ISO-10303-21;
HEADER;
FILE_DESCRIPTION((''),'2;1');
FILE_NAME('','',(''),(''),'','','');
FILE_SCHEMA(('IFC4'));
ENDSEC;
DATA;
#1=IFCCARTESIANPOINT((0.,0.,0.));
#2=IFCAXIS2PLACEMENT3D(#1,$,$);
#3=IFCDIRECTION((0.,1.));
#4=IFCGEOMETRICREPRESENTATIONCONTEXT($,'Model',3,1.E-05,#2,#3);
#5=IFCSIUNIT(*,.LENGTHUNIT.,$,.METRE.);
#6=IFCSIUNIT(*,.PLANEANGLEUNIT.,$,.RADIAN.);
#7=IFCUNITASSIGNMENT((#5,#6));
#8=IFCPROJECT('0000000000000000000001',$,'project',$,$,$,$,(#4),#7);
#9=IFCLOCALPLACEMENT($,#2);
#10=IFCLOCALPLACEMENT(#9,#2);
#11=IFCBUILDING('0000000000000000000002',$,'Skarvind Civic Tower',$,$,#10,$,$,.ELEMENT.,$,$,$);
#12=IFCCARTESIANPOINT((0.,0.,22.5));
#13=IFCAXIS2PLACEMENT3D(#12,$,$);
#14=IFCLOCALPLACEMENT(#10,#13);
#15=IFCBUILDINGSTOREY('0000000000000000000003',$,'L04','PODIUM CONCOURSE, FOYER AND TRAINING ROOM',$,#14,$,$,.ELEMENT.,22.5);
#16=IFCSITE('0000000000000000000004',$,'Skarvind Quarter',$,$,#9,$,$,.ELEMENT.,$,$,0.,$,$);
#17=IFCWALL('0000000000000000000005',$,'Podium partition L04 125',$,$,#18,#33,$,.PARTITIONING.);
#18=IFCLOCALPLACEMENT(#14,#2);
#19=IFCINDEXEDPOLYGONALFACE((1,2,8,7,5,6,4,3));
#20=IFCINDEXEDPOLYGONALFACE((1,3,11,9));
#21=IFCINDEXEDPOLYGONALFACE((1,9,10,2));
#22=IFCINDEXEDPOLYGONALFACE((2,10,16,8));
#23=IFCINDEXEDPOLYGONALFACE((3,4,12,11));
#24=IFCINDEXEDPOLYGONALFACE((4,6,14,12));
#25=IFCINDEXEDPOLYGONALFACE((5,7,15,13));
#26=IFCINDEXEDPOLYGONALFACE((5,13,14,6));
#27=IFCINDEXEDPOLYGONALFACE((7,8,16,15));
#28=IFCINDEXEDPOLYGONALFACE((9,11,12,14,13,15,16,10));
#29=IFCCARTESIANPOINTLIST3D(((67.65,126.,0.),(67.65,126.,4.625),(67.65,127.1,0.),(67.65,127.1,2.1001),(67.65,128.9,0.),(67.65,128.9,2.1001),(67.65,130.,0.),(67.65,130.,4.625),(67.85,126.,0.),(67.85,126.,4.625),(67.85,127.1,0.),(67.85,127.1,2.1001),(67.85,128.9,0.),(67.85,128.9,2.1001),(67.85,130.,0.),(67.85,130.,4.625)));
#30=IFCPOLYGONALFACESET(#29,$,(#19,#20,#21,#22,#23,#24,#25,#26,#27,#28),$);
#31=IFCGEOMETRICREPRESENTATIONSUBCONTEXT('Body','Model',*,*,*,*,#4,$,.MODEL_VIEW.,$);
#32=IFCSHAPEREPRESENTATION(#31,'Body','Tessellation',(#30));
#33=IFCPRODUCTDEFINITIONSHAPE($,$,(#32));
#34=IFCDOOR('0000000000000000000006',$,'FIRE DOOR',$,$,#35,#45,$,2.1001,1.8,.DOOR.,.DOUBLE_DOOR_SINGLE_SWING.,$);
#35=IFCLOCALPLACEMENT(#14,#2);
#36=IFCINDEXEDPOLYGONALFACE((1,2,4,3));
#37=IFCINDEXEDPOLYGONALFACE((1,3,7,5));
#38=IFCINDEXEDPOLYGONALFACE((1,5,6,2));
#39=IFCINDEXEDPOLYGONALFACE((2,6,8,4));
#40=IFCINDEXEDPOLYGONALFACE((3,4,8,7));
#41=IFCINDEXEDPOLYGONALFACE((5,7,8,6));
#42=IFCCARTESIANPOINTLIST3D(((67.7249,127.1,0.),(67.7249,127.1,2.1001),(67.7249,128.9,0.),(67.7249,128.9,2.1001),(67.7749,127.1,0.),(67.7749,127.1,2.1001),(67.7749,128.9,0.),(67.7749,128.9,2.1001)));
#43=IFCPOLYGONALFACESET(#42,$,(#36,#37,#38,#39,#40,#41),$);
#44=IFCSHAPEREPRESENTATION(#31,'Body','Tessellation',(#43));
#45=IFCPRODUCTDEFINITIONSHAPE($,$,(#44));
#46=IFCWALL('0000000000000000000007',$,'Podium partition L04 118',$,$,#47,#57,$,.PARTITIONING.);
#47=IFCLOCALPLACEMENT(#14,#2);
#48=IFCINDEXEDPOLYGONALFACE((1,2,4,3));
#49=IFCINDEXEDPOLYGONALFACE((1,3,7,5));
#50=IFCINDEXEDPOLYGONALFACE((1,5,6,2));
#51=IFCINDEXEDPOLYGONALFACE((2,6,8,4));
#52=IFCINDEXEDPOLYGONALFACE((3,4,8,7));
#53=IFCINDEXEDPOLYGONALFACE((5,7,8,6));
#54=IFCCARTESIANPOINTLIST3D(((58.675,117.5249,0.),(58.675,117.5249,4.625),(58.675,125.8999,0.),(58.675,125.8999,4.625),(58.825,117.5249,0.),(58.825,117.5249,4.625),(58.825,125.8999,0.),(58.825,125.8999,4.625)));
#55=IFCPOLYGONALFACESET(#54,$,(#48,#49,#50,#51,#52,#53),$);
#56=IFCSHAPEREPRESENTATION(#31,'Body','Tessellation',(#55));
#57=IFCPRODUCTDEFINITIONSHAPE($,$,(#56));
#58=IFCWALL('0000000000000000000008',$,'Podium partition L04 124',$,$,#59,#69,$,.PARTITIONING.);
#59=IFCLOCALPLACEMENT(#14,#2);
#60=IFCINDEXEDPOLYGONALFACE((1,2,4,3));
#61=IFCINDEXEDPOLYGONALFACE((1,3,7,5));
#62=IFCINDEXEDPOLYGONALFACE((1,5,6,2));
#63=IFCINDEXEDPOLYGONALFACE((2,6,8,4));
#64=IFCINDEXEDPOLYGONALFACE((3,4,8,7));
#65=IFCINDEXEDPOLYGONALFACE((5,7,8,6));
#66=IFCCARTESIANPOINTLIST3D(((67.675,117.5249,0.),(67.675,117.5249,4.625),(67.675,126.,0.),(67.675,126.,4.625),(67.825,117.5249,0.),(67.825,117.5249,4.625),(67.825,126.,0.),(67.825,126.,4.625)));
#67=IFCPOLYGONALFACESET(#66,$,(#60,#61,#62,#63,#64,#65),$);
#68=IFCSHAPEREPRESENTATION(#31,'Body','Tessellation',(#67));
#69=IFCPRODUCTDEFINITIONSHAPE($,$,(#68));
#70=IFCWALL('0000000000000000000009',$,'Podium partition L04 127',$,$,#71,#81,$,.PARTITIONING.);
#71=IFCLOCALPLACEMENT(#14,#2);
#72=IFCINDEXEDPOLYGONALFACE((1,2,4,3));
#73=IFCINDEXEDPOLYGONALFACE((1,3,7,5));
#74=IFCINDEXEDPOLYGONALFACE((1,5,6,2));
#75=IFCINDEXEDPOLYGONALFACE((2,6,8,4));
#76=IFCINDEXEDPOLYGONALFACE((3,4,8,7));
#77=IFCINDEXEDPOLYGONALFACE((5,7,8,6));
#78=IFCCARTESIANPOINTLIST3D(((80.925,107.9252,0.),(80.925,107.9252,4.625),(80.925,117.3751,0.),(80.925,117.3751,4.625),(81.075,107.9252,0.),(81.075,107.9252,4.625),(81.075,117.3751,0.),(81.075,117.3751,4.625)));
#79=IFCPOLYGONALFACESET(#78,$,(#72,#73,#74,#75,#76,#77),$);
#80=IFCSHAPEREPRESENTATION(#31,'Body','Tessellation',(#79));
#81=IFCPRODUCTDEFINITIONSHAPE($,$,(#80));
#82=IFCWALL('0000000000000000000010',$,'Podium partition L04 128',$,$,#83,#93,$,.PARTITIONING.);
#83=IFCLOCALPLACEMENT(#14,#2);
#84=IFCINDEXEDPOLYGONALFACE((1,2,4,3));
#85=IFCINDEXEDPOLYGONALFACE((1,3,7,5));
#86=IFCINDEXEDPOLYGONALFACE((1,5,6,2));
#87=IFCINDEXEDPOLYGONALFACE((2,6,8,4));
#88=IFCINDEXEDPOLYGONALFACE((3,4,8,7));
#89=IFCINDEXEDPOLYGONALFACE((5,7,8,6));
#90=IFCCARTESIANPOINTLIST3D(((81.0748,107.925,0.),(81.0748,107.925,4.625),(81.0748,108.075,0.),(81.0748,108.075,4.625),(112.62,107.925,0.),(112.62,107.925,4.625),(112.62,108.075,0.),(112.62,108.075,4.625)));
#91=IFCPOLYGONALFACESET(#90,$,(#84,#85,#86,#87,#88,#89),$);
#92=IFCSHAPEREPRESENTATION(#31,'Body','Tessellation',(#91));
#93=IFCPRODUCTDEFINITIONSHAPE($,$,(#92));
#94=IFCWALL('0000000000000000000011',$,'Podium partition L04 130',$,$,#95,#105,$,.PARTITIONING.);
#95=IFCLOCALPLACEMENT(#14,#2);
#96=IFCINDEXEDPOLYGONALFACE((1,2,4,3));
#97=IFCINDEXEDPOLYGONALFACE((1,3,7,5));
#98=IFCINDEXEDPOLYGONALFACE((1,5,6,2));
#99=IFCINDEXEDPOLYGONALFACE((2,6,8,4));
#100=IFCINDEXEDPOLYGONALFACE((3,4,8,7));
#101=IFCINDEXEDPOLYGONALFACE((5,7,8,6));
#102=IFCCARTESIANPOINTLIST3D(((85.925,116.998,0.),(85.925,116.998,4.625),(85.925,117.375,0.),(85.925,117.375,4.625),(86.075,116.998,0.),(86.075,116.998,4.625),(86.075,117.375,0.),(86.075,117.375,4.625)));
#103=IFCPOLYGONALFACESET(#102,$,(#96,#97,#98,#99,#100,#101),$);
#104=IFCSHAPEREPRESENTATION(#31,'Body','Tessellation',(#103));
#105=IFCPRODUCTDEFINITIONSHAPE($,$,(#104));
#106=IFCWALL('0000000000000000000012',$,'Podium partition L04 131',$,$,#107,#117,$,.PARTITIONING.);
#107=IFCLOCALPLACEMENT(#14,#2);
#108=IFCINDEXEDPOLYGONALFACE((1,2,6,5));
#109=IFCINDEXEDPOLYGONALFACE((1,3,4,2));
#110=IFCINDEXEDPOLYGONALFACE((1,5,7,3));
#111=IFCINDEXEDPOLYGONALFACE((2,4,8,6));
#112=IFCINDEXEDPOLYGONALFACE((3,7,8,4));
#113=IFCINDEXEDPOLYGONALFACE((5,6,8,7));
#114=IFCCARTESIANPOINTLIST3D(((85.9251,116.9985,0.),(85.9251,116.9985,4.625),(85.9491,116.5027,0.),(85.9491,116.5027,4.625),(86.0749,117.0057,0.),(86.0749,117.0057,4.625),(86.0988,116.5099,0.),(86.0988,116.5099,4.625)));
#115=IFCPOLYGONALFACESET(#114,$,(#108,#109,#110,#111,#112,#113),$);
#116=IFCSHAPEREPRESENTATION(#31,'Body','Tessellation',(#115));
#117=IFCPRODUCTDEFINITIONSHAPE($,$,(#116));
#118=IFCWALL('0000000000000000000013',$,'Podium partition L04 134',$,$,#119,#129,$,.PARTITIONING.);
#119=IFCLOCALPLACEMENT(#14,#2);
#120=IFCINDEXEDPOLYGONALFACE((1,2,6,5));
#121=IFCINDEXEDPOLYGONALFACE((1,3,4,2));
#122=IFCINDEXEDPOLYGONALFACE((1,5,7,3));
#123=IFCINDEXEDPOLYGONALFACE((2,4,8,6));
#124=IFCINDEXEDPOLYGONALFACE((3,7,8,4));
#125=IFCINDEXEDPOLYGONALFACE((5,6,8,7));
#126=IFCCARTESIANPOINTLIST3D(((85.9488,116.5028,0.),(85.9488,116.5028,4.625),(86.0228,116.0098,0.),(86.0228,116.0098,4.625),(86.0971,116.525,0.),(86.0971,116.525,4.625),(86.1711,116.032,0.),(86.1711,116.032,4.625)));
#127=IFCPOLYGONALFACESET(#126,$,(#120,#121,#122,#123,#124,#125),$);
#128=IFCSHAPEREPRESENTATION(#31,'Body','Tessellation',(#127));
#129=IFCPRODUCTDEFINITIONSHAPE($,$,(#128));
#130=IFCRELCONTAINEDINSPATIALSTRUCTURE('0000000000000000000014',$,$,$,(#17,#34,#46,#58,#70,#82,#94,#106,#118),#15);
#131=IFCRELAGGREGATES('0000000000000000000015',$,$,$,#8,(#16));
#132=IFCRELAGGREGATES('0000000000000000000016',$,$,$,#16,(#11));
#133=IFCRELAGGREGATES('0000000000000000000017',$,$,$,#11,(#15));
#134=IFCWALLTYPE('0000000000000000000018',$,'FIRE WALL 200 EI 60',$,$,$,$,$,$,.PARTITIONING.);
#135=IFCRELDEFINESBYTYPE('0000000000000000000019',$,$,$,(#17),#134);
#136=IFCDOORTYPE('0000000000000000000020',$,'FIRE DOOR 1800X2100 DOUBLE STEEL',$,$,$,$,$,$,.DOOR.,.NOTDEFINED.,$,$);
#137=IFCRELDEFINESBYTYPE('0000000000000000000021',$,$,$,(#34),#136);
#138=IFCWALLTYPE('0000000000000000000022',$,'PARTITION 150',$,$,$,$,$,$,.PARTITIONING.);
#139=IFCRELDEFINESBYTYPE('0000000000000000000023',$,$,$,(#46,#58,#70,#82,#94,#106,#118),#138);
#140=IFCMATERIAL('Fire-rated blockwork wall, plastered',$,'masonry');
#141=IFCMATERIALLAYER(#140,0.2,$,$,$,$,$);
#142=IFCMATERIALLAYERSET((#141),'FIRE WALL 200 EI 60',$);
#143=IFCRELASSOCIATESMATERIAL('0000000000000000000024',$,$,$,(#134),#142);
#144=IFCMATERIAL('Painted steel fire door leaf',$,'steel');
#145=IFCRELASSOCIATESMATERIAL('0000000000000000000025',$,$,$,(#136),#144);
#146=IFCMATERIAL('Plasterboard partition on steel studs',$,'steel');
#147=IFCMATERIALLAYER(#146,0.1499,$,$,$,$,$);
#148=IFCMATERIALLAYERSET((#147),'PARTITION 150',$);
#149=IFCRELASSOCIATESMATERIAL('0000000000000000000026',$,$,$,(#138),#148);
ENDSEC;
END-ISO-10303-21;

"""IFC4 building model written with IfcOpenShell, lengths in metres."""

from ifc_helpers import new_model, si_unit, direction, frame, frame_2d, origin, place, context, subcontext, project, spatial, rectangle, extrude, material, layer, layer_set, type_object, element, fill, save


model = new_model("IFC4")

# Units and contexts
model_context = context("Model", 3, precision=1e-05, world=origin(), true_north=direction((0.0, 1.0)))
body_context = subcontext(model_context, "Body", "Model", "MODEL_VIEW")
ifc_project = project(units=[si_unit("LENGTHUNIT", "METRE"), si_unit("PLANEANGLEUNIT", "RADIAN")], contexts=[model_context])

# Site, building, storey
site_placement = place(None, origin())
site = spatial("IfcSite", under=ifc_project, at=site_placement, Name="Skarvind Quarter", CompositionType="ELEMENT", RefElevation=0.0)
building_placement = place(site_placement, origin())
building = spatial("IfcBuilding", under=site, at=building_placement, Name="Skarvind Civic Tower", CompositionType="ELEMENT")
storey_placement = place(building_placement, frame((0.0, 0.0, 22.5)))
storey = spatial("IfcBuildingStorey", under=building, at=storey_placement, Name="L04", Description="PODIUM CONCOURSE, FOYER AND TRAINING ROOM", CompositionType="ELEMENT", Elevation=22.5)

# Shared definitions
ifc_material_1 = material(Name="Fire-rated blockwork wall, plastered", Category="masonry")
ifc_layer_1 = layer(ifc_material_1, 0.2)
ifc_layer_set_1 = layer_set([ifc_layer_1], Name="FIRE WALL 200 EI 60")
wall_type_1 = type_object("IfcWallType", Name="FIRE WALL 200 EI 60", PredefinedType="PARTITIONING", material=ifc_layer_set_1)
ifc_material_2 = material(Name="Painted steel fire door leaf", Category="steel")

# Wall, opening, door
wall_1_placement = place(storey_placement, frame((67.75, 130.0, 0.0), z_axis=(0.0, 0.0, 1.0), x_axis=(0.0, -1.0, 0.0)))
wall_1 = element("IfcWall", 1, at=wall_1_placement, inside=storey, type_object=wall_type_1, Name="Podium partition L04 125", PredefinedType="PARTITIONING", context=body_context, shape_type="SweptSolid", body=[
    extrude(rectangle(XDim=4.0, YDim=0.2, at=frame_2d((2.0, 0.0))), origin(), (0.0, 0.0, 1.0), 4.625),
])
opening_1_placement = place(wall_1_placement, frame((1.1001, 0.0, 0.0)))
opening_1 = element("IfcOpeningElement", 2, at=opening_1_placement, cuts=wall_1, PredefinedType="OPENING", context=body_context, shape_type="SweptSolid", body=[
    extrude(rectangle(XDim=1.8, YDim=2.1001, at=frame_2d((0.8999, 1.05))), frame((0.0, 0.1099, 0.0), z_axis=(0.0, -1.0, 0.0), x_axis=(1.0, 0.0, 0.0)), (0.0, 0.0, 1.0), 0.22),
])
door_type_1 = type_object("IfcDoorType", Name="FIRE DOOR 1800X2100 DOUBLE STEEL", OperationType="NOTDEFINED", PredefinedType="DOOR", material=ifc_material_2)
door_1_placement = place(opening_1_placement, origin())
door_1 = element("IfcDoor", 3, at=door_1_placement, inside=storey, type_object=door_type_1, Name="FIRE DOOR", OperationType="DOUBLE_DOOR_SINGLE_SWING", OverallHeight=2.1001, OverallWidth=1.8, PredefinedType="DOOR", context=body_context, shape_type="SweptSolid", body=[
    extrude(rectangle(XDim=1.8, YDim=2.1001, at=frame_2d((0.8999, 1.05))), frame((0.0, 0.0249, 0.0), z_axis=(0.0, -1.0, 0.0), x_axis=(1.0, 0.0, 0.0)), (0.0, 0.0, 1.0), 0.05),
])
fill(opening_1, door_1)

# Walls
ifc_material_3 = material(Name="Plasterboard partition on steel studs", Category="steel")
ifc_layer_2 = layer(ifc_material_3, 0.1499)
ifc_layer_set_2 = layer_set([ifc_layer_2], Name="PARTITION 150")
wall_type_2 = type_object("IfcWallType", Name="PARTITION 150", PredefinedType="PARTITIONING", material=ifc_layer_set_2)
wall_2_placement = place(storey_placement, frame((58.75, 117.5249, 0.0), z_axis=(0.0, 0.0, 1.0), x_axis=(0.0, 1.0, 0.0)))
element("IfcWall", 4, at=wall_2_placement, inside=storey, type_object=wall_type_2, Name="Podium partition L04 118", PredefinedType="PARTITIONING", context=body_context, shape_type="SweptSolid", body=[
    extrude(rectangle(XDim=8.375, YDim=0.1499, at=frame_2d((4.1875, 0.0))), origin(), (0.0, 0.0, 1.0), 4.625),
])
wall_3_placement = place(storey_placement, frame((67.75, 117.5249, 0.0), z_axis=(0.0, 0.0, 1.0), x_axis=(0.0, 1.0, 0.0)))
element("IfcWall", 5, at=wall_3_placement, inside=storey, type_object=wall_type_2, Name="Podium partition L04 124", PredefinedType="PARTITIONING", context=body_context, shape_type="SweptSolid", body=[
    extrude(rectangle(XDim=8.4751, YDim=0.1499, at=frame_2d((4.2375, 0.0))), origin(), (0.0, 0.0, 1.0), 4.625),
])
wall_4_placement = place(storey_placement, frame((81.0, 107.925, 0.0), z_axis=(0.0, 0.0, 1.0), x_axis=(0.0, 1.0, 0.0)))
element("IfcWall", 6, at=wall_4_placement, inside=storey, type_object=wall_type_2, Name="Podium partition L04 127", PredefinedType="PARTITIONING", context=body_context, shape_type="SweptSolid", body=[
    extrude(rectangle(XDim=9.45, YDim=0.1499, at=frame_2d((4.7251, 0.0))), origin(), (0.0, 0.0, 1.0), 4.625),
])
wall_5_placement = place(storey_placement, frame((81.075, 108.0, 0.0), z_axis=(0.0, 0.0, 1.0), x_axis=(1.0, 0.0, 0.0)))
element("IfcWall", 7, at=wall_5_placement, inside=storey, type_object=wall_type_2, Name="Podium partition L04 128", PredefinedType="PARTITIONING", context=body_context, shape_type="SweptSolid", body=[
    extrude(rectangle(XDim=31.5452, YDim=0.1499, at=frame_2d((15.7725, 0.0))), origin(), (0.0, 0.0, 1.0), 4.625),
])
wall_6_placement = place(storey_placement, frame((86.0, 116.998, 0.0), z_axis=(0.0, 0.0, 1.0), x_axis=(0.0, 1.0, 0.0)))
element("IfcWall", 8, at=wall_6_placement, inside=storey, type_object=wall_type_2, Name="Podium partition L04 130", PredefinedType="PARTITIONING", context=body_context, shape_type="SweptSolid", body=[
    extrude(rectangle(XDim=0.377, YDim=0.1499, at=frame_2d((0.1885, 0.0))), origin(), (0.0, 0.0, 1.0), 4.625),
])
wall_7_placement = place(storey_placement, frame((86.0, 117.002, 0.0), z_axis=(0.0, 0.0, 1.0), x_axis=(0.048196, -0.998838, 0.0)))
element("IfcWall", 9, at=wall_7_placement, inside=storey, type_object=wall_type_2, Name="Podium partition L04 131", PredefinedType="PARTITIONING", context=body_context, shape_type="SweptSolid", body=[
    extrude(rectangle(XDim=0.4963, YDim=0.1499, at=frame_2d((0.248, 0.0))), origin(), (0.0, 0.0, 1.0), 4.625),
])
wall_8_placement = place(storey_placement, frame((86.0229, 116.5139, 0.0), z_axis=(0.0, 0.0, 1.0), x_axis=(0.148412, -0.988926, 0.0)))
element("IfcWall", 10, at=wall_8_placement, inside=storey, type_object=wall_type_2, Name="Podium partition L04 134", PredefinedType="PARTITIONING", context=body_context, shape_type="SweptSolid", body=[
    extrude(rectangle(XDim=0.4985, YDim=0.1499, at=frame_2d((0.2493, 0.0))), origin(), (0.0, 0.0, 1.0), 4.625),
])

save(model, "model.ifc")
